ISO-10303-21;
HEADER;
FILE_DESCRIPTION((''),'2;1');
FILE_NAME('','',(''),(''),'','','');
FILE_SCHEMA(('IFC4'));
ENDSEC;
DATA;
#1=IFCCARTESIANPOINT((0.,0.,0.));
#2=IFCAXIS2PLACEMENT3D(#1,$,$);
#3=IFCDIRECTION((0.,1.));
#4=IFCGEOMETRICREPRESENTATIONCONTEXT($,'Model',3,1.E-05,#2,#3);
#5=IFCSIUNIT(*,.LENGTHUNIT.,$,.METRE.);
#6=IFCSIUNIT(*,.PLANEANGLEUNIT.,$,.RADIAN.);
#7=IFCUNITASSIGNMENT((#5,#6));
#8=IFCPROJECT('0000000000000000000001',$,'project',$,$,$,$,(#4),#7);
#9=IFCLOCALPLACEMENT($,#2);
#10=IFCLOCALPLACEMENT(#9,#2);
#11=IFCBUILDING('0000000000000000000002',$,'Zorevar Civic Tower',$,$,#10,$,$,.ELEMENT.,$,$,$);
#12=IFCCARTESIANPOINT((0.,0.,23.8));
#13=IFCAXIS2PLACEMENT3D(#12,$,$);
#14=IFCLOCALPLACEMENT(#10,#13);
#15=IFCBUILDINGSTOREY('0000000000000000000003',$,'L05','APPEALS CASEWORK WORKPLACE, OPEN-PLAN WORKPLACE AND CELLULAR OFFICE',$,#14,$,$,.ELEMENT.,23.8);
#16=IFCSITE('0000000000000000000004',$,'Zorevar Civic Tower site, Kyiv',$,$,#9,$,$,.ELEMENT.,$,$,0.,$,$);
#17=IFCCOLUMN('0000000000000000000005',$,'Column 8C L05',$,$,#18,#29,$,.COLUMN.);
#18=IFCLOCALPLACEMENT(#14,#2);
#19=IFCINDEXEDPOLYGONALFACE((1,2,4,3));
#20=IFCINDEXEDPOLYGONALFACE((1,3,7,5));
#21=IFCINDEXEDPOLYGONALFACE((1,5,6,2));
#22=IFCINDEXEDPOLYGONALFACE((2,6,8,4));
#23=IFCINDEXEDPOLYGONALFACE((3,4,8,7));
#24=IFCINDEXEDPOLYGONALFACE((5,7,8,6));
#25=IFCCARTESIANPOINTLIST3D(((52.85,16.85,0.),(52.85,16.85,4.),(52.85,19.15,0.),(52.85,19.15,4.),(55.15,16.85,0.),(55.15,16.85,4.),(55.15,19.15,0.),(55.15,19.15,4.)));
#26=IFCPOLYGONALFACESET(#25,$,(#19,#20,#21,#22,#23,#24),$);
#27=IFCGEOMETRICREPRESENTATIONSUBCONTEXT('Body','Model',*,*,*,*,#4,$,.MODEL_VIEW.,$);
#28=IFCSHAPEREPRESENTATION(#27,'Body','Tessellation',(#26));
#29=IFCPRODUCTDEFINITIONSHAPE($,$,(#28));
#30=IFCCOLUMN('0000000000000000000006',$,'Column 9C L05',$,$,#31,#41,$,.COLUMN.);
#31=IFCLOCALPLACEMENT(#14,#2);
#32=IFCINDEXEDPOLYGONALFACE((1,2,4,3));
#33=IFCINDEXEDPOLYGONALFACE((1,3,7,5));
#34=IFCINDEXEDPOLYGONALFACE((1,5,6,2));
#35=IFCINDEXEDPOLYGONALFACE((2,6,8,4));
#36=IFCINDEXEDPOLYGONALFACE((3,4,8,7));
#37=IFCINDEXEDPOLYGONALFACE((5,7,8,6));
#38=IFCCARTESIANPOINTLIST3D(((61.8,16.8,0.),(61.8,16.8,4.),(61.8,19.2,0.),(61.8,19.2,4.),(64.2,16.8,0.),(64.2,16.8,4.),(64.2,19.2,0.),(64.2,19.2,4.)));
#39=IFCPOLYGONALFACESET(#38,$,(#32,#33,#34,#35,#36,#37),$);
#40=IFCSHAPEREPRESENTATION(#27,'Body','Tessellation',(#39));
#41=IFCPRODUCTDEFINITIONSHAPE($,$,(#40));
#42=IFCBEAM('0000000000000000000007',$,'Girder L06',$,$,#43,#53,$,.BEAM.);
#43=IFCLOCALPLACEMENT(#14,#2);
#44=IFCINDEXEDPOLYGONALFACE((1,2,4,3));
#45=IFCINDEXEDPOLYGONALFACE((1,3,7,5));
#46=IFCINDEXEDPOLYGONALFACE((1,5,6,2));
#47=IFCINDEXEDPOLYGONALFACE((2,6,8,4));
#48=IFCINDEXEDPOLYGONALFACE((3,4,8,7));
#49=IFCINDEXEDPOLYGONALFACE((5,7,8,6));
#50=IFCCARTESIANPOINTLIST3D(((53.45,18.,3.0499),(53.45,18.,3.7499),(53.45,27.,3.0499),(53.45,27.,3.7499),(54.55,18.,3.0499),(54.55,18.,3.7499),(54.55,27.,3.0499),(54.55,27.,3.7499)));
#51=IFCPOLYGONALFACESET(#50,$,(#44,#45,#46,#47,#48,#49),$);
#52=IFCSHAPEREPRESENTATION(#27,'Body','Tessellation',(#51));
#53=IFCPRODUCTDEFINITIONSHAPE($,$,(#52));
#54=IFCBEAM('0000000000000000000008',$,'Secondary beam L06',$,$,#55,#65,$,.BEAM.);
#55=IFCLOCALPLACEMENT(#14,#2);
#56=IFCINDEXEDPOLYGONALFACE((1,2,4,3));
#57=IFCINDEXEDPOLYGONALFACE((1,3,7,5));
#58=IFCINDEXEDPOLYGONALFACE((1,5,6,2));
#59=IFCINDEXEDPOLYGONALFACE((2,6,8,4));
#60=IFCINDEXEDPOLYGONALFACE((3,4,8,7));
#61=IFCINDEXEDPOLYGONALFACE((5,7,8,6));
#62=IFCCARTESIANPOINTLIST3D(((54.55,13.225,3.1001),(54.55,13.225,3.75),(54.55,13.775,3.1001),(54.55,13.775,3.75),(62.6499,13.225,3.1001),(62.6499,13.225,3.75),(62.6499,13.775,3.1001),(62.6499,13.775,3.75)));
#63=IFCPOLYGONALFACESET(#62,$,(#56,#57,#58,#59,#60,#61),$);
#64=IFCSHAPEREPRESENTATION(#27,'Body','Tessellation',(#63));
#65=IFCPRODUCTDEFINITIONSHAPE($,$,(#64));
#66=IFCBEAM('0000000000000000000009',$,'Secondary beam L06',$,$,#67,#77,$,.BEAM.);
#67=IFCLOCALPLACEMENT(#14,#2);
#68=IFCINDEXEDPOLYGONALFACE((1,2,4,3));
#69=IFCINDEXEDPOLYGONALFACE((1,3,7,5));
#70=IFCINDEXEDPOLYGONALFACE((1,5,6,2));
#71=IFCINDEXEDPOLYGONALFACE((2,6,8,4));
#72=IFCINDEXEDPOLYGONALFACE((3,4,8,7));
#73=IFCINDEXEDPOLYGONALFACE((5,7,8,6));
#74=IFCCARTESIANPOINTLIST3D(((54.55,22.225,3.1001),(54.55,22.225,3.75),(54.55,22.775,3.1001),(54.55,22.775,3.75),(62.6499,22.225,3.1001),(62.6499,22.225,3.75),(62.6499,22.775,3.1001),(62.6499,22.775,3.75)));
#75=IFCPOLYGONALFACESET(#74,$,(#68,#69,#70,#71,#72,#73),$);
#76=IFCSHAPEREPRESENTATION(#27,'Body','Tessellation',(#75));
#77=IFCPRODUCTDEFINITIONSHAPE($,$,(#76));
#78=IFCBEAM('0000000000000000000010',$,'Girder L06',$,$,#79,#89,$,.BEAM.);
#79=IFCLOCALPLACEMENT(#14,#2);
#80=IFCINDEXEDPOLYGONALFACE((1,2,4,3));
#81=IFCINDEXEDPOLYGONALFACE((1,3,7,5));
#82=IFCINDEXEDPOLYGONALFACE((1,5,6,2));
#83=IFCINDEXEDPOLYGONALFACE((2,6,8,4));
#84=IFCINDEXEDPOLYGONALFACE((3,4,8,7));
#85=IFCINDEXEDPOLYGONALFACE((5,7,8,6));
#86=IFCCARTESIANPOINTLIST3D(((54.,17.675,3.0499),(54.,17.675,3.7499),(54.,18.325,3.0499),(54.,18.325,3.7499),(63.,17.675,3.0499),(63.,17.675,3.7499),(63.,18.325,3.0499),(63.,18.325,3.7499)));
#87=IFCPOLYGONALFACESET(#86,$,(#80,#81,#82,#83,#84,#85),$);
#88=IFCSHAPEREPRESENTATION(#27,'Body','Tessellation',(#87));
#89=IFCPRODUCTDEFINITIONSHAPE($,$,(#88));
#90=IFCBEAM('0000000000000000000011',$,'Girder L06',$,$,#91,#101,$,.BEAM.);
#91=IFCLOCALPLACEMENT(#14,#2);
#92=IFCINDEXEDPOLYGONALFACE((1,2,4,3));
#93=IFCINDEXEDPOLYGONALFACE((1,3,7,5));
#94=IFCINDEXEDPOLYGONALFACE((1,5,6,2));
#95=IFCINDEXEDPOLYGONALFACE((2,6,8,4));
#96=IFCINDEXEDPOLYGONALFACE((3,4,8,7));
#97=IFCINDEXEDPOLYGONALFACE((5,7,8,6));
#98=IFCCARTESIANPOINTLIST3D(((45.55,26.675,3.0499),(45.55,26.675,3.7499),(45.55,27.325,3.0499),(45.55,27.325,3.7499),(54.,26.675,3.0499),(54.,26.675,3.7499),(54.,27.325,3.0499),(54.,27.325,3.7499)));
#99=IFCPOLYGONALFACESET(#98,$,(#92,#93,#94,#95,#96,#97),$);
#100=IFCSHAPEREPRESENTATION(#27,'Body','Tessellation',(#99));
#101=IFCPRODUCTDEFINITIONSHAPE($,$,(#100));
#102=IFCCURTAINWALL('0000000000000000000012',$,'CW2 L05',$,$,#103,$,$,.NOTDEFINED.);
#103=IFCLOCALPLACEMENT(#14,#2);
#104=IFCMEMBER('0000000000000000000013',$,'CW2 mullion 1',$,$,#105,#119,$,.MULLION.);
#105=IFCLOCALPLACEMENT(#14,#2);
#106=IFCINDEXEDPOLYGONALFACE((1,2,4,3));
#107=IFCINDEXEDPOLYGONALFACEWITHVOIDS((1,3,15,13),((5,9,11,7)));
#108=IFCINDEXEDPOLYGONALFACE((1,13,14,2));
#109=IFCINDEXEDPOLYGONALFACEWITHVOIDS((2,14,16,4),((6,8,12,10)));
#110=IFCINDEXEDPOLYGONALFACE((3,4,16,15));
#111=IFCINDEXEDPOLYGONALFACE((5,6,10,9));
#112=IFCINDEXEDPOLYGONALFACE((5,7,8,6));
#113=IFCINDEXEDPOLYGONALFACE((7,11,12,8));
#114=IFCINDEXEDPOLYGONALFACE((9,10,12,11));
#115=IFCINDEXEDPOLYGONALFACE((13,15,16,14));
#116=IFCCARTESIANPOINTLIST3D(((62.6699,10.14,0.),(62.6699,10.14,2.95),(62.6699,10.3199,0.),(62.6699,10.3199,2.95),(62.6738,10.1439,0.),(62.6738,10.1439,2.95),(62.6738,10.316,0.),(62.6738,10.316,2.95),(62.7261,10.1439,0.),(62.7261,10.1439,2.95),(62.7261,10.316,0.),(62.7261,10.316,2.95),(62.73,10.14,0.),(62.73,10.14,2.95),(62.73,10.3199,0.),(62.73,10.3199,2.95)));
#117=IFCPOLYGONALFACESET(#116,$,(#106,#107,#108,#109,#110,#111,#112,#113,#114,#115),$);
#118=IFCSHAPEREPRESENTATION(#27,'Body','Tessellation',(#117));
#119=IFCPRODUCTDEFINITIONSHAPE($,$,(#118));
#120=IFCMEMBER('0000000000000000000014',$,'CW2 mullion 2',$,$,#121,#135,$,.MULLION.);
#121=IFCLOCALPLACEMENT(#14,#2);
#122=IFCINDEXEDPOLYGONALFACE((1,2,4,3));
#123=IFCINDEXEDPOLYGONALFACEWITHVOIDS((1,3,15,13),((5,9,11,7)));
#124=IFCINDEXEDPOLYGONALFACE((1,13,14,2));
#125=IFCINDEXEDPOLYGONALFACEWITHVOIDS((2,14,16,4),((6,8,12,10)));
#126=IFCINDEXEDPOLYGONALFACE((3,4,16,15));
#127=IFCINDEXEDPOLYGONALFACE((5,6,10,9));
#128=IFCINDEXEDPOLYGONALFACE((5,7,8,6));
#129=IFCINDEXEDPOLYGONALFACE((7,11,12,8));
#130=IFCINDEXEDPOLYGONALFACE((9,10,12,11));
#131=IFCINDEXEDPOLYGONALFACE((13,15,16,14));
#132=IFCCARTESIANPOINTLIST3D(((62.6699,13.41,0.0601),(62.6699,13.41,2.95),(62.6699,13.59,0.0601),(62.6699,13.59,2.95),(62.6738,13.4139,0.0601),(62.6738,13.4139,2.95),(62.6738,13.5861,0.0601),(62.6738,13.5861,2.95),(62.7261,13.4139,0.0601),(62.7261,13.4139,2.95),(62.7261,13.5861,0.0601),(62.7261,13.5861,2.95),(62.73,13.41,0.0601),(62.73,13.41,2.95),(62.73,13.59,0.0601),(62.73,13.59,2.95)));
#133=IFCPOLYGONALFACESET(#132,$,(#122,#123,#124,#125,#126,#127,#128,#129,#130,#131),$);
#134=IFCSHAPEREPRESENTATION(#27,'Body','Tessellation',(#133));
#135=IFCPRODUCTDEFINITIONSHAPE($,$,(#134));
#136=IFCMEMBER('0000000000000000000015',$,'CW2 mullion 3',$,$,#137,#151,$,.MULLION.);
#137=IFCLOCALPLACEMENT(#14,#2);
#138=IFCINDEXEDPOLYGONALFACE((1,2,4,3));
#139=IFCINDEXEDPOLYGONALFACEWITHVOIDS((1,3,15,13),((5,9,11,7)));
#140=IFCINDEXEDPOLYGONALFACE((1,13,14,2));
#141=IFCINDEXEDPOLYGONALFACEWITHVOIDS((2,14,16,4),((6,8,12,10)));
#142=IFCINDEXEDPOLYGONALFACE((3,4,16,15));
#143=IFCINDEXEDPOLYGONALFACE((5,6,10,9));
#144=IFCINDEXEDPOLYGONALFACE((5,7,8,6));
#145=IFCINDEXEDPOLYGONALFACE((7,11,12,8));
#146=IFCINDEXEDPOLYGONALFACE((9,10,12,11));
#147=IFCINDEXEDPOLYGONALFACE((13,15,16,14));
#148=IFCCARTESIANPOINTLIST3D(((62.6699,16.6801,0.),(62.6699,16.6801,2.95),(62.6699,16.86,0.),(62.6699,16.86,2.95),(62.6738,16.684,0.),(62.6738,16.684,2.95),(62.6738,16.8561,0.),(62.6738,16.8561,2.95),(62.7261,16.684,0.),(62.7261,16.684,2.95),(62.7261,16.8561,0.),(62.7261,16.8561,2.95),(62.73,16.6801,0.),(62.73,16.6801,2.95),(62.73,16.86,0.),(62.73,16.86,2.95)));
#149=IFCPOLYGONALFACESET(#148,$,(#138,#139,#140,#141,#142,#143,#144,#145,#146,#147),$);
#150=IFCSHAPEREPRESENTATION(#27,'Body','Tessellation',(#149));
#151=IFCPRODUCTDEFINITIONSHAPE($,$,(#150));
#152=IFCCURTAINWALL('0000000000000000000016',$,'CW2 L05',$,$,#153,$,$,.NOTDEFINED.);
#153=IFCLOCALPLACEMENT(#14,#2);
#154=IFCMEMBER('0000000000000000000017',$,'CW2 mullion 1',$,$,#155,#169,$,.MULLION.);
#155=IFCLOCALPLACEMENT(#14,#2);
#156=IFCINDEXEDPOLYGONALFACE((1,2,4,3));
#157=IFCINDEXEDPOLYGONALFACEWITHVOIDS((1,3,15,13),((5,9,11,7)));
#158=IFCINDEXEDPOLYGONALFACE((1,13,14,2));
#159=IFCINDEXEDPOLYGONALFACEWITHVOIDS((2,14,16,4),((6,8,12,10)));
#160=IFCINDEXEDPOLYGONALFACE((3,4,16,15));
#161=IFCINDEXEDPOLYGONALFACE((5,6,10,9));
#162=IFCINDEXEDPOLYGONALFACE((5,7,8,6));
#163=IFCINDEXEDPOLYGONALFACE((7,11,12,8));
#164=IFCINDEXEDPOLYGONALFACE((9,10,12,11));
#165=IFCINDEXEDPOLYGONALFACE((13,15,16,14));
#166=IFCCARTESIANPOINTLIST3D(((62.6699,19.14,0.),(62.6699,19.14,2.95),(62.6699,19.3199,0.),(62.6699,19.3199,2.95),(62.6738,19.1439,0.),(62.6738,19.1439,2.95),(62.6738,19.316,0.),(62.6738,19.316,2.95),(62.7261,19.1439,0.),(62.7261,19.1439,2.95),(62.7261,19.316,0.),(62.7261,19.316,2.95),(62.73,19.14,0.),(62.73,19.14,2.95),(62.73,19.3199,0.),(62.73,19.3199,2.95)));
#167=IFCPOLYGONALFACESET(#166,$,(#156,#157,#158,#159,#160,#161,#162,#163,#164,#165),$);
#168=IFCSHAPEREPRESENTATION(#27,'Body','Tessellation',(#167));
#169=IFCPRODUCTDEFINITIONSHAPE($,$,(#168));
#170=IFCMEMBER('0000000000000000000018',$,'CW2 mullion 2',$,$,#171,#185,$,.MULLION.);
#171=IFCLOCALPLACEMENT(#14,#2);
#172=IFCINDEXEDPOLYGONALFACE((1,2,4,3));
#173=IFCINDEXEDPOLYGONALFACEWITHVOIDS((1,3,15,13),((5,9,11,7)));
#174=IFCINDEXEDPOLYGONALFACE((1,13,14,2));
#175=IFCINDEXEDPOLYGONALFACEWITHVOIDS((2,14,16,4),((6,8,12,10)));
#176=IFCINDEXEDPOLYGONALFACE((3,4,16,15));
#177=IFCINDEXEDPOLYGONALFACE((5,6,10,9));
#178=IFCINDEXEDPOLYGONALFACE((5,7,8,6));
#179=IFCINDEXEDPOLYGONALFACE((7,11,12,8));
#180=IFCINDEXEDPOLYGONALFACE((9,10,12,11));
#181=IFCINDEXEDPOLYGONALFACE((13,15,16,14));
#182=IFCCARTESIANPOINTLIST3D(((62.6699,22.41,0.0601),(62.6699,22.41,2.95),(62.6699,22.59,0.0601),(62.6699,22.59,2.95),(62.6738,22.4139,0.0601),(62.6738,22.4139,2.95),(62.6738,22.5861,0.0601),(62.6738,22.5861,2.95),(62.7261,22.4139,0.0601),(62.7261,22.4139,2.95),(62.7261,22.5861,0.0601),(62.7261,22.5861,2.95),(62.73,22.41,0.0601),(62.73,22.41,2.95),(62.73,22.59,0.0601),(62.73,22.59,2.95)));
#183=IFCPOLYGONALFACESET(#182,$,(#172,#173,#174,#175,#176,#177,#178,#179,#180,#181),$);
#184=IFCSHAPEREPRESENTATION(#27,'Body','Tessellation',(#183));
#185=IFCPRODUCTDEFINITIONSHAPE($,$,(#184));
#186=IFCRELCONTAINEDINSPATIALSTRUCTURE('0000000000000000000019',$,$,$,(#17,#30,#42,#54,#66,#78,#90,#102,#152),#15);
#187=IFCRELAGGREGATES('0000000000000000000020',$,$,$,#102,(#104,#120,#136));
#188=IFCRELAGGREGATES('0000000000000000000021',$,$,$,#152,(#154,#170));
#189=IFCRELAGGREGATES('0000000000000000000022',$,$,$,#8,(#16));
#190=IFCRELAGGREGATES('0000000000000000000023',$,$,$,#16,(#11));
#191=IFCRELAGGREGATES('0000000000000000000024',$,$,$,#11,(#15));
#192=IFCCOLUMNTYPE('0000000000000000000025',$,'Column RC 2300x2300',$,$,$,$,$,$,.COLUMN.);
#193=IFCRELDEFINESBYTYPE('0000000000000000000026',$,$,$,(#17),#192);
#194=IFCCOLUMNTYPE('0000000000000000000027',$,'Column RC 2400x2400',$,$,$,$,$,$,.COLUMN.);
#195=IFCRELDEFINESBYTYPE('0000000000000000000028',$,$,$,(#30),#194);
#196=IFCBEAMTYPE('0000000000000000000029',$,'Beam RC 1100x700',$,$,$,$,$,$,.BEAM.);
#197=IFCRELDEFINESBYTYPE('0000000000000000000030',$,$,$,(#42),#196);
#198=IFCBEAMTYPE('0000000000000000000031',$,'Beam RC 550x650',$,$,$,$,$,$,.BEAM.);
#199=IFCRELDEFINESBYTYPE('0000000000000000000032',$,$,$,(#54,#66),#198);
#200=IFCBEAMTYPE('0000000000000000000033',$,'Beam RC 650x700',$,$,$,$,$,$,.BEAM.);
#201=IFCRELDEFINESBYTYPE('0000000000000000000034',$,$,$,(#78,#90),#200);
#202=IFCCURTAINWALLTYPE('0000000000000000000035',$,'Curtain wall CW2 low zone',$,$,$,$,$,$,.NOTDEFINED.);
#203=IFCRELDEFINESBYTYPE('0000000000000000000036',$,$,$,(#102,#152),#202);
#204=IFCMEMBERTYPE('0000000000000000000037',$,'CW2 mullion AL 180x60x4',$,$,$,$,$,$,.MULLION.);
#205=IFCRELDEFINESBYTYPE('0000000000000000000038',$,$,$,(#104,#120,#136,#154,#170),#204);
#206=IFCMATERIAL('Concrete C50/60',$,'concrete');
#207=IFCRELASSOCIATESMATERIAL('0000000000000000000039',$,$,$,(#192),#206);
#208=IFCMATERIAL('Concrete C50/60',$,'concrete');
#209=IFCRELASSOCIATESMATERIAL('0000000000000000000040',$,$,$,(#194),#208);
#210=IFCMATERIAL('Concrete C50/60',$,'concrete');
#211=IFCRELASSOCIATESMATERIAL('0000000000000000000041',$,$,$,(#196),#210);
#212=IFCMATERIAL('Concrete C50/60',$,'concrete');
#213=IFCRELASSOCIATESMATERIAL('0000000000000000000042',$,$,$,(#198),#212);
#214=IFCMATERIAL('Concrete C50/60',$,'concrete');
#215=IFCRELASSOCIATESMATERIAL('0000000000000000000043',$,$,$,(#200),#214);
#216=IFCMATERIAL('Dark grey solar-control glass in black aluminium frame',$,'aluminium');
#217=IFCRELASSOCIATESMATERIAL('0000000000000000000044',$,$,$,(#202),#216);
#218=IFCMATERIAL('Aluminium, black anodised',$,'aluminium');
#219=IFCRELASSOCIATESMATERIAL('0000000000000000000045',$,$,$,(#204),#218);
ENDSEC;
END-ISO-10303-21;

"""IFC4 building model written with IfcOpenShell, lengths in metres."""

from ifc_helpers import new_model, si_unit, direction, frame, origin, origin_2d, place, context, subcontext, project, spatial, rectangle, hollow_rectangle, extrude, material, material_profile, profile_set, type_object, element, aggregate, save


model = new_model("IFC4")

# Units and contexts
model_context = context("Model", 3, precision=1e-05, world=origin(), true_north=direction((0.0, 1.0)))
body_context = subcontext(model_context, "Body", "Model", "MODEL_VIEW")
ifc_project = project(units=[si_unit("LENGTHUNIT", "METRE"), si_unit("PLANEANGLEUNIT", "RADIAN")], contexts=[model_context])

# Site, building, storey
site_placement = place(None, origin())
site = spatial("IfcSite", under=ifc_project, at=site_placement, Name="Zorevar Civic Tower site, Kyiv", CompositionType="ELEMENT", RefElevation=0.0)
building_placement = place(site_placement, origin())
building = spatial("IfcBuilding", under=site, at=building_placement, Name="Zorevar Civic Tower", CompositionType="ELEMENT")
storey_placement = place(building_placement, frame((0.0, 0.0, 23.8)))
storey = spatial("IfcBuildingStorey", under=building, at=storey_placement, Name="L05", Description="APPEALS CASEWORK WORKPLACE, OPEN-PLAN WORKPLACE AND CELLULAR OFFICE", CompositionType="ELEMENT", Elevation=23.8)

# Columns
ifc_material_1 = material(Name="Concrete C50/60", Category="concrete")
ifc_material_profile_1 = material_profile(ifc_material_1, rectangle(XDim=2.3, YDim=2.3, at=origin_2d()), Name="RC 2300x2300")
ifc_profile_set_1 = profile_set([ifc_material_profile_1], Name="Concrete C50/60")
column_type_1 = type_object("IfcColumnType", Name="Column RC 2300x2300", PredefinedType="COLUMN", material=ifc_profile_set_1)
column_1_placement = place(storey_placement, frame((54.0, 18.0, 0.0), z_axis=(0.0, 0.0, 1.0), x_axis=(1.0, 0.0, 0.0)))
element("IfcColumn", 1, at=column_1_placement, inside=storey, type_object=column_type_1, Name="Column 8C L05", PredefinedType="COLUMN", context=body_context, shape_type="SweptSolid", body=[
    extrude(rectangle(XDim=2.3, YDim=2.3, at=origin_2d()), origin(), (0.0, 0.0, 1.0), 4.0),
])
ifc_material_2 = material(Name="Concrete C50/60", Category="concrete")
ifc_material_profile_2 = material_profile(ifc_material_2, rectangle(XDim=2.3999, YDim=2.3999, at=origin_2d()), Name="RC 2400x2400")
ifc_profile_set_2 = profile_set([ifc_material_profile_2], Name="Concrete C50/60")
column_type_2 = type_object("IfcColumnType", Name="Column RC 2400x2400", PredefinedType="COLUMN", material=ifc_profile_set_2)
column_2_placement = place(storey_placement, frame((63.0, 18.0, 0.0), z_axis=(0.0, 0.0, 1.0), x_axis=(1.0, 0.0, 0.0)))
element("IfcColumn", 2, at=column_2_placement, inside=storey, type_object=column_type_2, Name="Column 9C L05", PredefinedType="COLUMN", context=body_context, shape_type="SweptSolid", body=[
    extrude(rectangle(XDim=2.3999, YDim=2.3999, at=origin_2d()), origin(), (0.0, 0.0, 1.0), 4.0),
])

# Beams
ifc_material_3 = material(Name="Concrete C50/60", Category="concrete")
ifc_material_profile_3 = material_profile(ifc_material_3, rectangle(XDim=1.1001, YDim=0.7, at=origin_2d()), Name="RC 1100x700")
ifc_profile_set_3 = profile_set([ifc_material_profile_3], Name="Concrete C50/60")
beam_type_1 = type_object("IfcBeamType", Name="Beam RC 1100x700", PredefinedType="BEAM", material=ifc_profile_set_3)
beam_1_placement = place(storey_placement, frame((54.0, 18.0, 3.3999), z_axis=(0.0, 1.0, 0.0), x_axis=(-1.0, 0.0, 0.0)))
element("IfcBeam", 3, at=beam_1_placement, inside=storey, type_object=beam_type_1, Name="Girder L06", PredefinedType="BEAM", context=body_context, shape_type="SweptSolid", body=[
    extrude(rectangle(XDim=1.1001, YDim=0.7, at=origin_2d()), origin(), (0.0, 0.0, 1.0), 9.0),
])
ifc_material_4 = material(Name="Concrete C50/60", Category="concrete")
ifc_material_profile_4 = material_profile(ifc_material_4, rectangle(XDim=0.55, YDim=0.6499, at=origin_2d()), Name="RC 550x650")
ifc_profile_set_4 = profile_set([ifc_material_profile_4], Name="Concrete C50/60")
beam_type_2 = type_object("IfcBeamType", Name="Beam RC 550x650", PredefinedType="BEAM", material=ifc_profile_set_4)
for number, where, z_axis, x_axis, name in (
    (4, (54.55, 13.5, 3.425), (1.0, 0.0, 0.0), (0.0, 1.0, 0.0), "Secondary beam L06"),
    (5, (54.55, 22.5, 3.425), (1.0, 0.0, 0.0), (0.0, 1.0, 0.0), "Secondary beam L06"),
):
    element("IfcBeam", number, at=place(storey_placement, frame(where, z_axis=z_axis, x_axis=x_axis)), inside=storey, type_object=beam_type_2, Name=name, PredefinedType="BEAM", context=body_context, shape_type="SweptSolid", body=[
        extrude(rectangle(XDim=0.55, YDim=0.6499, at=origin_2d()), origin(), (0.0, 0.0, 1.0), 8.0999),
    ])
ifc_material_5 = material(Name="Concrete C50/60", Category="concrete")
ifc_material_profile_5 = material_profile(ifc_material_5, rectangle(XDim=0.6499, YDim=0.7, at=origin_2d()), Name="RC 650x700")
ifc_profile_set_5 = profile_set([ifc_material_profile_5], Name="Concrete C50/60")
beam_type_3 = type_object("IfcBeamType", Name="Beam RC 650x700", PredefinedType="BEAM", material=ifc_profile_set_5)
beam_2_placement = place(storey_placement, frame((54.0, 18.0, 3.3999), z_axis=(1.0, 0.0, 0.0), x_axis=(0.0, 1.0, 0.0)))
element("IfcBeam", 6, at=beam_2_placement, inside=storey, type_object=beam_type_3, Name="Girder L06", PredefinedType="BEAM", context=body_context, shape_type="SweptSolid", body=[
    extrude(rectangle(XDim=0.6499, YDim=0.7, at=origin_2d()), origin(), (0.0, 0.0, 1.0), 9.0),
])
beam_3_placement = place(storey_placement, frame((45.55, 27.0, 3.3999), z_axis=(1.0, 0.0, 0.0), x_axis=(0.0, 1.0, 0.0)))
element("IfcBeam", 7, at=beam_3_placement, inside=storey, type_object=beam_type_3, Name="Girder L06", PredefinedType="BEAM", context=body_context, shape_type="SweptSolid", body=[
    extrude(rectangle(XDim=0.6499, YDim=0.7, at=origin_2d()), origin(), (0.0, 0.0, 1.0), 8.45),
])

# Curtain walls, members
ifc_material_6 = material(Name="Dark grey solar-control glass in black aluminium frame", Category="aluminium")
curtain_wall_type = type_object("IfcCurtainWallType", Name="Curtain wall CW2 low zone", PredefinedType="NOTDEFINED", material=ifc_material_6)
curtain_wall_1_placement = place(storey_placement, origin())
curtain_wall_1 = element("IfcCurtainWall", 8, at=curtain_wall_1_placement, inside=storey, type_object=curtain_wall_type, Name="CW2 L05", PredefinedType="NOTDEFINED")
ifc_material_7 = material(Name="Aluminium, black anodised", Category="aluminium")
ifc_material_profile_6 = material_profile(ifc_material_7, hollow_rectangle(XDim=0.0601, YDim=0.1799, WallThickness=0.0039, at=origin_2d()), Name="AL 180x60x4")
ifc_profile_set_6 = profile_set([ifc_material_profile_6], Name="Aluminium, black anodised")
member_type_1 = type_object("IfcMemberType", Name="CW2 mullion AL 180x60x4", PredefinedType="MULLION", material=ifc_profile_set_6)
member_1_placement = place(storey_placement, frame((62.7, 10.23, 0.0), z_axis=(0.0, 0.0, 1.0), x_axis=(-1.0, 0.0, 0.0)))
member_1 = element("IfcMember", 9, at=member_1_placement, type_object=member_type_1, Name="CW2 mullion 1", PredefinedType="MULLION", context=body_context, shape_type="SweptSolid", body=[
    extrude(hollow_rectangle(XDim=0.0601, YDim=0.1799, WallThickness=0.0039, at=origin_2d()), origin(), (0.0, 0.0, 1.0), 2.95),
])
member_2_placement = place(storey_placement, frame((62.7, 13.5, 0.0601), z_axis=(0.0, 0.0, 1.0), x_axis=(-1.0, 0.0, 0.0)))
member_2 = element("IfcMember", 10, at=member_2_placement, type_object=member_type_1, Name="CW2 mullion 2", PredefinedType="MULLION", context=body_context, shape_type="SweptSolid", body=[
    extrude(hollow_rectangle(XDim=0.0601, YDim=0.1799, WallThickness=0.0039, at=origin_2d()), origin(), (0.0, 0.0, 1.0), 2.8899),
])
member_3_placement = place(storey_placement, frame((62.7, 16.77, 0.0), z_axis=(0.0, 0.0, 1.0), x_axis=(-1.0, 0.0, 0.0)))
member_3 = element("IfcMember", 11, at=member_3_placement, type_object=member_type_1, Name="CW2 mullion 3", PredefinedType="MULLION", context=body_context, shape_type="SweptSolid", body=[
    extrude(hollow_rectangle(XDim=0.0601, YDim=0.1799, WallThickness=0.0039, at=origin_2d()), origin(), (0.0, 0.0, 1.0), 2.95),
])
curtain_wall_2_placement = place(storey_placement, origin())
curtain_wall_2 = element("IfcCurtainWall", 12, at=curtain_wall_2_placement, inside=storey, type_object=curtain_wall_type, Name="CW2 L05", PredefinedType="NOTDEFINED")
member_4_placement = place(storey_placement, frame((62.7, 19.23, 0.0), z_axis=(0.0, 0.0, 1.0), x_axis=(-1.0, 0.0, 0.0)))
member_4 = element("IfcMember", 13, at=member_4_placement, type_object=member_type_1, Name="CW2 mullion 1", PredefinedType="MULLION", context=body_context, shape_type="SweptSolid", body=[
    extrude(hollow_rectangle(XDim=0.0601, YDim=0.1799, WallThickness=0.0039, at=origin_2d()), origin(), (0.0, 0.0, 1.0), 2.95),
])
member_5_placement = place(storey_placement, frame((62.7, 22.5, 0.0601), z_axis=(0.0, 0.0, 1.0), x_axis=(-1.0, 0.0, 0.0)))
member_5 = element("IfcMember", 14, at=member_5_placement, type_object=member_type_1, Name="CW2 mullion 2", PredefinedType="MULLION", context=body_context, shape_type="SweptSolid", body=[
    extrude(hollow_rectangle(XDim=0.0601, YDim=0.1799, WallThickness=0.0039, at=origin_2d()), origin(), (0.0, 0.0, 1.0), 2.8899),
])

aggregate(curtain_wall_1, [member_1, member_2, member_3])
aggregate(curtain_wall_2, [member_4, member_5])

save(model, "model.ifc")
